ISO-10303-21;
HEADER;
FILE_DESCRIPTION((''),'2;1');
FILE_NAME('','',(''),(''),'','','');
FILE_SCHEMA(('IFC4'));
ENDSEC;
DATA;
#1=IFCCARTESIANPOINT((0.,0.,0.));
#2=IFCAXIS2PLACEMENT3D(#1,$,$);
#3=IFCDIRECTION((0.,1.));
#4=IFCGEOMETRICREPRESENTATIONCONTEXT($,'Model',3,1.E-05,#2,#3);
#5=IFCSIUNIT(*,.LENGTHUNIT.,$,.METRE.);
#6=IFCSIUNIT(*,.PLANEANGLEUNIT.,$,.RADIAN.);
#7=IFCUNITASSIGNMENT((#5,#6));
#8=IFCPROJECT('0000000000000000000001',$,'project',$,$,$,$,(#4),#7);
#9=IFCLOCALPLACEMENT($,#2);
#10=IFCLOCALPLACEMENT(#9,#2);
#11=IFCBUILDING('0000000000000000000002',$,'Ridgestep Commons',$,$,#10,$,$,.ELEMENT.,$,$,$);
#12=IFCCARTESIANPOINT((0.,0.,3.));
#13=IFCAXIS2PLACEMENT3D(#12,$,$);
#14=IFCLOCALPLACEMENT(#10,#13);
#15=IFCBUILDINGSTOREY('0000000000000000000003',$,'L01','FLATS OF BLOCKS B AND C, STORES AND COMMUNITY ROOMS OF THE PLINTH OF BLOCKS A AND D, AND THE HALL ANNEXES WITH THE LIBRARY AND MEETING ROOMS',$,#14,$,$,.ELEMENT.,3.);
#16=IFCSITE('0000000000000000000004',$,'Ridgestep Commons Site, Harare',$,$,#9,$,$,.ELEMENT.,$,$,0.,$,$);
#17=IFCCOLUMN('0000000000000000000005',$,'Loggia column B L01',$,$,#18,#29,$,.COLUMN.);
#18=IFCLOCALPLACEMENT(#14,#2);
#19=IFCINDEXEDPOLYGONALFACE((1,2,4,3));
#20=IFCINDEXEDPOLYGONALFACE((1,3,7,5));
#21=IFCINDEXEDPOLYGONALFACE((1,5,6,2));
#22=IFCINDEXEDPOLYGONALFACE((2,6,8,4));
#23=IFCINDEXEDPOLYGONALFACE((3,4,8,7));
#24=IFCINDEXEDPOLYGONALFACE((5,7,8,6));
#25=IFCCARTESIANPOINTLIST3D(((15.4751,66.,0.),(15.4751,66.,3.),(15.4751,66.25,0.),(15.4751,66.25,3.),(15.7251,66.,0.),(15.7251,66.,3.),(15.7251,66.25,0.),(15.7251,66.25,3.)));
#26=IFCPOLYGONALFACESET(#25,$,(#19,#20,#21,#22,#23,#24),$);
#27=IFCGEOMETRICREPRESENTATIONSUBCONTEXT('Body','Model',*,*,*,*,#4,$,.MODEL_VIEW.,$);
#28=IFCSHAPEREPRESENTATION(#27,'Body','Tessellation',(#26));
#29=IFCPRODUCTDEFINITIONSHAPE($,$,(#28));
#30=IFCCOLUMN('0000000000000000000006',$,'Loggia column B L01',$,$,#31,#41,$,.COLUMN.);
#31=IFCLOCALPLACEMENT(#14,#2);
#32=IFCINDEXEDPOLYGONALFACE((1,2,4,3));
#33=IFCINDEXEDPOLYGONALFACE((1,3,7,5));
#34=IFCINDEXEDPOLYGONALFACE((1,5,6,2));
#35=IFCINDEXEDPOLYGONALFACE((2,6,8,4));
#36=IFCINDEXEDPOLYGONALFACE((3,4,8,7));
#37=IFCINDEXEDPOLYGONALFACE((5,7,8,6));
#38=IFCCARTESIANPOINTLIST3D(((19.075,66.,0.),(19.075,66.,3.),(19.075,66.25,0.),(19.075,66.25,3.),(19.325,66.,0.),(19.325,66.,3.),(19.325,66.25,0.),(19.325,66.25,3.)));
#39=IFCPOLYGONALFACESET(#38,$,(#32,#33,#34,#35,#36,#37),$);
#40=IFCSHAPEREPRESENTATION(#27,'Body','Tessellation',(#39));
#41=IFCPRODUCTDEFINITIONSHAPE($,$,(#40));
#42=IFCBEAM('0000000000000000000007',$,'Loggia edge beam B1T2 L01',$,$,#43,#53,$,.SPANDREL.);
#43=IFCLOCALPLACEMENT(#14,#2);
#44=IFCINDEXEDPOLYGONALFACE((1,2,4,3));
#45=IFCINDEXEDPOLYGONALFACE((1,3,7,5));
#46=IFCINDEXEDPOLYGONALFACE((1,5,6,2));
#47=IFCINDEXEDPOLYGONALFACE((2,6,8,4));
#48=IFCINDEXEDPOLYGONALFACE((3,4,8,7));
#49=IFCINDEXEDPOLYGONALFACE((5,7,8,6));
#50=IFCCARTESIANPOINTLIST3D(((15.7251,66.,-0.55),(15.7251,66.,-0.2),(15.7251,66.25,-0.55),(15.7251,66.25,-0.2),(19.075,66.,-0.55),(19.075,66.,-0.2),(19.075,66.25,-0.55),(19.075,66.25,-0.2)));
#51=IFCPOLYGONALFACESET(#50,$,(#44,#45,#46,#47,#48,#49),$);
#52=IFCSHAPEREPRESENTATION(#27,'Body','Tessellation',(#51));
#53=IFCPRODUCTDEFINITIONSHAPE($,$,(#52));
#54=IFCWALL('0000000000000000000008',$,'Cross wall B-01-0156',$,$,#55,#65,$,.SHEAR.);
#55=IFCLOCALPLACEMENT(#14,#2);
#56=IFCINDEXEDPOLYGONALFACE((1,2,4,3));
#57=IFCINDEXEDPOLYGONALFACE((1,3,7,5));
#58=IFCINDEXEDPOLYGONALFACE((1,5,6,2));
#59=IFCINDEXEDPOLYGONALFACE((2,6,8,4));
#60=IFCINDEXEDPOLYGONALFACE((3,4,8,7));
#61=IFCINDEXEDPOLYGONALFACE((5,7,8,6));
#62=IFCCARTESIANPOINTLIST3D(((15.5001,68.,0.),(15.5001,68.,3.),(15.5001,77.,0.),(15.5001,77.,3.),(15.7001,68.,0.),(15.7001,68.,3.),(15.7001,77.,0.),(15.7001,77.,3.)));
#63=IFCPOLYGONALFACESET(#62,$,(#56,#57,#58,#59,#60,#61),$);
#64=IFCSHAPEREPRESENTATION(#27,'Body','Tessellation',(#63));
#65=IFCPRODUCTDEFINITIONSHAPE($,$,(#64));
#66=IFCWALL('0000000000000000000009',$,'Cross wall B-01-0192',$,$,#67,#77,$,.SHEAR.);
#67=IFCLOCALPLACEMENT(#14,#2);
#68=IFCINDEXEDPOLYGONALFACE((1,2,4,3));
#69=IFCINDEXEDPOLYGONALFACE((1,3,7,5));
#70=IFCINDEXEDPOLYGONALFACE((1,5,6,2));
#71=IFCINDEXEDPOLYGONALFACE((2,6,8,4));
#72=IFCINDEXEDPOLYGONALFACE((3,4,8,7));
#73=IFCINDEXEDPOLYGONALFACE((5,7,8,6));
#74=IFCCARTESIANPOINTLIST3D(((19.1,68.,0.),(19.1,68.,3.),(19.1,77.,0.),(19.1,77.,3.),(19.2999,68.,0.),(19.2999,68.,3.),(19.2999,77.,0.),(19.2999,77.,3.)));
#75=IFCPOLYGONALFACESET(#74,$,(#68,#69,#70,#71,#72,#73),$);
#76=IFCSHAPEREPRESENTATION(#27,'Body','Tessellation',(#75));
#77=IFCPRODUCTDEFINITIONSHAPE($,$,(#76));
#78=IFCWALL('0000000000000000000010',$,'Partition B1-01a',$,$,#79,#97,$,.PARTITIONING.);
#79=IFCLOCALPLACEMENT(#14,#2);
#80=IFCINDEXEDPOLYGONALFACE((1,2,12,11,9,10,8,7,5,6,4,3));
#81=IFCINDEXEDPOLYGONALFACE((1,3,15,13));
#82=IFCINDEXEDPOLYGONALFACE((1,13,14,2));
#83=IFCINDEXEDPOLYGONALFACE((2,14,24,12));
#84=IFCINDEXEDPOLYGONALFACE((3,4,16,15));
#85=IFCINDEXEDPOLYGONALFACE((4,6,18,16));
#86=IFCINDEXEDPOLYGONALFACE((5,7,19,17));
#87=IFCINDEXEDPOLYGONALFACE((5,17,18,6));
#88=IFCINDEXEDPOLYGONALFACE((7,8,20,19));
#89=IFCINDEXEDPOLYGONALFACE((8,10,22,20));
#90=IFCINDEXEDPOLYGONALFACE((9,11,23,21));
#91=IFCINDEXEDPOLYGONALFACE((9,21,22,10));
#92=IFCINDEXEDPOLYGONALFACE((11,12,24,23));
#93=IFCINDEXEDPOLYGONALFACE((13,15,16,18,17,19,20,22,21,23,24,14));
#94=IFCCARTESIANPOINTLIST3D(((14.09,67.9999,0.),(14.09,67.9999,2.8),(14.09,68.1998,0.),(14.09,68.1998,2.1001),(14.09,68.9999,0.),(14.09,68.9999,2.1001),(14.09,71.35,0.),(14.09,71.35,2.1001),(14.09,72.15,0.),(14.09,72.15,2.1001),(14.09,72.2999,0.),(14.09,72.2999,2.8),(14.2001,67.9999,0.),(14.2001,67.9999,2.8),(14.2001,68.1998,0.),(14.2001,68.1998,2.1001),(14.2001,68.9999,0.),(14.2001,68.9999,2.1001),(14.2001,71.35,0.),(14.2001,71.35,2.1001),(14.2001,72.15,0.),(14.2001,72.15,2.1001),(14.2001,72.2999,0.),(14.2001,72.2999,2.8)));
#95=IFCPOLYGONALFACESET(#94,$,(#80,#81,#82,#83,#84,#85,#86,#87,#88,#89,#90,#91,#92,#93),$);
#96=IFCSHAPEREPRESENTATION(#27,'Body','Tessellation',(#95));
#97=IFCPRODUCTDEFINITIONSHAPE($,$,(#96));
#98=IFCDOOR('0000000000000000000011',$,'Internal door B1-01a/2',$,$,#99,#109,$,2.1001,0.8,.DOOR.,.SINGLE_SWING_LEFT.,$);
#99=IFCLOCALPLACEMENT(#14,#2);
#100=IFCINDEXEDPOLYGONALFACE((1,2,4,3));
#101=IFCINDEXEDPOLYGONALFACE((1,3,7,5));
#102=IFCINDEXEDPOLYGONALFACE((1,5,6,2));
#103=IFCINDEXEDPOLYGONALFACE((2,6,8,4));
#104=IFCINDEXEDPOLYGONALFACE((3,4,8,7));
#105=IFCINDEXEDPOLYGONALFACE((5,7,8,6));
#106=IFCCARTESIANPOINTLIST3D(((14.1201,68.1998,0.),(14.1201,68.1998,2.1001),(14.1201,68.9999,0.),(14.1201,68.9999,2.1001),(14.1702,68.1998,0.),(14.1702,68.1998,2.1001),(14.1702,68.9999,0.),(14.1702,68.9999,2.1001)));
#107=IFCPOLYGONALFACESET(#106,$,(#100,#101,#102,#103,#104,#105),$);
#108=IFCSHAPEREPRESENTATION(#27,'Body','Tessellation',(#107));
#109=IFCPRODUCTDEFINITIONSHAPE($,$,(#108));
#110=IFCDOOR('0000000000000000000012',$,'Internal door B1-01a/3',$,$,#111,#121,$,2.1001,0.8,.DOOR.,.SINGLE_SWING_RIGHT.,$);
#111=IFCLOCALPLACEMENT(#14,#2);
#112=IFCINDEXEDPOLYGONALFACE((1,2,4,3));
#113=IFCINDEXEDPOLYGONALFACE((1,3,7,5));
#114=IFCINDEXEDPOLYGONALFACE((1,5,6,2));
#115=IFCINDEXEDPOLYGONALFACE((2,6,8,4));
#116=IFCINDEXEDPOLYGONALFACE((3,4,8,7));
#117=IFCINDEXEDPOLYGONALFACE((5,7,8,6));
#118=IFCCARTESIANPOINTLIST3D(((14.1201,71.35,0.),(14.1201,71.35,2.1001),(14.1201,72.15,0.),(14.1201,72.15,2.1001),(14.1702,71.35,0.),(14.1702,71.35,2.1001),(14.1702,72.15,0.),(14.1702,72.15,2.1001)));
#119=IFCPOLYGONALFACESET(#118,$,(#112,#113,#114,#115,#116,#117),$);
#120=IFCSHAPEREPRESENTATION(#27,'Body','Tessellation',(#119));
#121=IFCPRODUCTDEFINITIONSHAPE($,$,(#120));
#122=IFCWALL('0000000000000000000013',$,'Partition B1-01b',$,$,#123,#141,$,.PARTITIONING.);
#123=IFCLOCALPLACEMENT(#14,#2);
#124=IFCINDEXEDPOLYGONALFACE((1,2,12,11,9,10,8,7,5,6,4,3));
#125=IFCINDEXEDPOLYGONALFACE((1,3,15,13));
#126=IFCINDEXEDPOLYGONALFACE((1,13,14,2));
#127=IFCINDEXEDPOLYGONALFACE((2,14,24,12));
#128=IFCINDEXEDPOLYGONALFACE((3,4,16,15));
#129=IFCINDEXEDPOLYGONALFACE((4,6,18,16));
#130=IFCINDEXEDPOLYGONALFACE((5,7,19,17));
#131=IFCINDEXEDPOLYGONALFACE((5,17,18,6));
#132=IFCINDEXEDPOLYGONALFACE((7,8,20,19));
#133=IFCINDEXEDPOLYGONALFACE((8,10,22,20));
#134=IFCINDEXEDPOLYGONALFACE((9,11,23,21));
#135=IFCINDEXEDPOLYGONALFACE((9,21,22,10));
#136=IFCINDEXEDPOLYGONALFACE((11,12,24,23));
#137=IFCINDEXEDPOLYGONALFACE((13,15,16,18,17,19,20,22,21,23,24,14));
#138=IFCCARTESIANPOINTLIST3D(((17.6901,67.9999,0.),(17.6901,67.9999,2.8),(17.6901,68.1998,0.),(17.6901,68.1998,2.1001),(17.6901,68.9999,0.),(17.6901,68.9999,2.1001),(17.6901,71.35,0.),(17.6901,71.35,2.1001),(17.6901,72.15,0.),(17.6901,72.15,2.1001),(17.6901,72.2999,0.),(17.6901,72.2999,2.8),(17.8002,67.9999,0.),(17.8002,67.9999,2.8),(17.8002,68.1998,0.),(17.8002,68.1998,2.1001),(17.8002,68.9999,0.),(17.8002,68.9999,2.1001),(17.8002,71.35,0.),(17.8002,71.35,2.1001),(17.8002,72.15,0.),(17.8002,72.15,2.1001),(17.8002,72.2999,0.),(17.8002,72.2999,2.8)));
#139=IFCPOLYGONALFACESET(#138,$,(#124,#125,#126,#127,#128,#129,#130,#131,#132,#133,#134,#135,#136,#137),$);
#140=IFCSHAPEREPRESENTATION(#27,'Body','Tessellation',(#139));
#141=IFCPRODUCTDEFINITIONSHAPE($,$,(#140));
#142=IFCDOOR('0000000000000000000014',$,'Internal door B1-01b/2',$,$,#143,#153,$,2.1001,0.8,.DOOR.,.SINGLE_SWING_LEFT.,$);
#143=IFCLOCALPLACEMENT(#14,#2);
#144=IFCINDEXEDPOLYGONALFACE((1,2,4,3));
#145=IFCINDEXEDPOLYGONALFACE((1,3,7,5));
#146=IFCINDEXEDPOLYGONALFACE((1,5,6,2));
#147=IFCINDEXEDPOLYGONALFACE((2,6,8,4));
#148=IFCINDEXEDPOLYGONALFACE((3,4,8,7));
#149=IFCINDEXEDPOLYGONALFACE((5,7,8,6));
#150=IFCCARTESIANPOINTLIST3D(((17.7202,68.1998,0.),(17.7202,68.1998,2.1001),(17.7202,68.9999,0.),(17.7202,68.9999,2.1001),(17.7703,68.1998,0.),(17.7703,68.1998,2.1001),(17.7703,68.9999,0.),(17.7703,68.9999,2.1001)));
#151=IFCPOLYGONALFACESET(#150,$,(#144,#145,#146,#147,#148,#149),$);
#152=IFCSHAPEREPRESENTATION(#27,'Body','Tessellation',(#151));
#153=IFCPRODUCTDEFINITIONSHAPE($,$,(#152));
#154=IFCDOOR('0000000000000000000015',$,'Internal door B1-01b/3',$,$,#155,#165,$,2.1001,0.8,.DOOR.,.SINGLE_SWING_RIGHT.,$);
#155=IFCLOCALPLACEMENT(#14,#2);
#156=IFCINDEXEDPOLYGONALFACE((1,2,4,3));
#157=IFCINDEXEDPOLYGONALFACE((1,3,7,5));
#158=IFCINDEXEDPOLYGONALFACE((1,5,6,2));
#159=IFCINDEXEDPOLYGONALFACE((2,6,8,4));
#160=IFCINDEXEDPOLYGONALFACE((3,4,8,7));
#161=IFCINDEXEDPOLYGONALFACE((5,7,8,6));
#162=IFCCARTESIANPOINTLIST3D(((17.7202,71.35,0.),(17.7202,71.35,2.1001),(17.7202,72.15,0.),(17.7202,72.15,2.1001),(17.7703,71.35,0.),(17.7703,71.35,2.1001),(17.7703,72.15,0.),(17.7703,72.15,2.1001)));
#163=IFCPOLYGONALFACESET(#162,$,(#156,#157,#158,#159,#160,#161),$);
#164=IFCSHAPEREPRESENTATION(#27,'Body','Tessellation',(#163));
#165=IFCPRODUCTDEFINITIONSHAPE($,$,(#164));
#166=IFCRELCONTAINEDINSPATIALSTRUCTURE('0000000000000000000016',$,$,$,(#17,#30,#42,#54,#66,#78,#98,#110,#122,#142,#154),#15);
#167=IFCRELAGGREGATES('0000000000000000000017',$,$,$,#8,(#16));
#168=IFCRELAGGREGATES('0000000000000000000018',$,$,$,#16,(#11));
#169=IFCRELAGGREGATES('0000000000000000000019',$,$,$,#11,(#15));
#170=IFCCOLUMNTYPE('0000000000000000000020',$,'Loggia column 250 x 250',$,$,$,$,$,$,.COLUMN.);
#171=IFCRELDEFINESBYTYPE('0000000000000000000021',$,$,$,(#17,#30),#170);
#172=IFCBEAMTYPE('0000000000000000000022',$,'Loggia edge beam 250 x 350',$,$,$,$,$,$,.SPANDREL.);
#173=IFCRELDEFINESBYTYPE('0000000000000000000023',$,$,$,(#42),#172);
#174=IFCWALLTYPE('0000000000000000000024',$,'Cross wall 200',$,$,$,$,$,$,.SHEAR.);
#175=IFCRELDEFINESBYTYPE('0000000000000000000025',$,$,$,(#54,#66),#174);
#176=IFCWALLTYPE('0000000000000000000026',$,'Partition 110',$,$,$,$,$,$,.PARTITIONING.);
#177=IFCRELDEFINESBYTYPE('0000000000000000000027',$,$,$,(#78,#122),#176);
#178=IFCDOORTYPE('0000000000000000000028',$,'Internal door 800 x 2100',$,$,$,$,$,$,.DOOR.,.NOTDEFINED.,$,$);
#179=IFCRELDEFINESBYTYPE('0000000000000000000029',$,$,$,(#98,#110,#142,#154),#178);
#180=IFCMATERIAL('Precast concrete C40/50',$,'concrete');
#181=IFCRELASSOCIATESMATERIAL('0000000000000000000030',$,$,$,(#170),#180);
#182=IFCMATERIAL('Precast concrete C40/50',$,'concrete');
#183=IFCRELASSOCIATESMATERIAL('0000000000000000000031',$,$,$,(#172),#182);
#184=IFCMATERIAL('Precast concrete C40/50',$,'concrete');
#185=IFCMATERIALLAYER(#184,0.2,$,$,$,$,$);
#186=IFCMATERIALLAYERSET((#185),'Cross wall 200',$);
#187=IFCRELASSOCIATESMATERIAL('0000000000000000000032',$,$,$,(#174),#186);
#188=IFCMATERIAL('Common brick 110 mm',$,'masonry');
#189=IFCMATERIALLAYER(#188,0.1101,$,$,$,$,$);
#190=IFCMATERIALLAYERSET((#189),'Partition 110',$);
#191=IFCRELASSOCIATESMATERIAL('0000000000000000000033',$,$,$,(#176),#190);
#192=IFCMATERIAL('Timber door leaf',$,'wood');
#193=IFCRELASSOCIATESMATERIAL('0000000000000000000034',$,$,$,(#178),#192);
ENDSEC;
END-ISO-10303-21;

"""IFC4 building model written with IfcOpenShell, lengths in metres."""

from ifc_helpers import new_model, si_unit, direction, frame, frame_2d, origin, origin_2d, place, context, subcontext, project, spatial, rectangle, extrude, material, layer, layer_set, material_profile, profile_set, type_object, element, fill, save


model = new_model("IFC4")

# Units and contexts
model_context = context("Model", 3, precision=1e-05, world=origin(), true_north=direction((0.0, 1.0)))
body_context = subcontext(model_context, "Body", "Model", "MODEL_VIEW")
ifc_project = project(units=[si_unit("LENGTHUNIT", "METRE"), si_unit("PLANEANGLEUNIT", "RADIAN")], contexts=[model_context])

# Site, building, storey
site_placement = place(None, origin())
site = spatial("IfcSite", under=ifc_project, at=site_placement, Name="Ridgestep Commons Site, Harare", CompositionType="ELEMENT", RefElevation=0.0)
building_placement = place(site_placement, origin())
building = spatial("IfcBuilding", under=site, at=building_placement, Name="Ridgestep Commons", CompositionType="ELEMENT")
storey_placement = place(building_placement, frame((0.0, 0.0, 3.0)))
storey = spatial("IfcBuildingStorey", under=building, at=storey_placement, Name="L01", Description="FLATS OF BLOCKS B AND C, STORES AND COMMUNITY ROOMS OF THE PLINTH OF BLOCKS A AND D, AND THE HALL ANNEXES WITH THE LIBRARY AND MEETING ROOMS", CompositionType="ELEMENT", Elevation=3.0)

# Columns
ifc_material_1 = material(Name="Precast concrete C40/50", Category="concrete")
ifc_material_profile_1 = material_profile(ifc_material_1, rectangle(XDim=0.25, YDim=0.25, at=origin_2d()), Name="PC 250x250")
ifc_profile_set_1 = profile_set([ifc_material_profile_1], Name="Precast concrete C40/50")
column_type = type_object("IfcColumnType", Name="Loggia column 250 x 250", PredefinedType="COLUMN", material=ifc_profile_set_1)
for number, where, z_axis, x_axis, name in (
    (1, (15.6001, 66.125, 0.0), (0.0, 0.0, 1.0), (1.0, 0.0, 0.0), "Loggia column B L01"),
    (2, (19.2, 66.125, 0.0), (0.0, 0.0, 1.0), (1.0, 0.0, 0.0), "Loggia column B L01"),
):
    element("IfcColumn", number, at=place(storey_placement, frame(where, z_axis=z_axis, x_axis=x_axis)), inside=storey, type_object=column_type, Name=name, PredefinedType="COLUMN", context=body_context, shape_type="SweptSolid", body=[
        extrude(rectangle(XDim=0.25, YDim=0.25, at=origin_2d()), origin(), (0.0, 0.0, 1.0), 3.0),
    ])

# Beam
ifc_material_2 = material(Name="Precast concrete C40/50", Category="concrete")
ifc_material_profile_2 = material_profile(ifc_material_2, rectangle(XDim=0.25, YDim=0.3501, at=origin_2d()), Name="PC 250x350")
ifc_profile_set_2 = profile_set([ifc_material_profile_2], Name="Precast concrete C40/50")
beam_type = type_object("IfcBeamType", Name="Loggia edge beam 250 x 350", PredefinedType="SPANDREL", material=ifc_profile_set_2)
beam_placement = place(storey_placement, frame((15.7251, 66.125, -0.375), z_axis=(1.0, 0.0, 0.0), x_axis=(0.0, 1.0, 0.0)))
element("IfcBeam", 3, at=beam_placement, inside=storey, type_object=beam_type, Name="Loggia edge beam B1T2 L01", PredefinedType="SPANDREL", context=body_context, shape_type="SweptSolid", body=[
    extrude(rectangle(XDim=0.25, YDim=0.3501, at=origin_2d()), origin(), (0.0, 0.0, 1.0), 3.3499),
])

# Walls
ifc_material_3 = material(Name="Precast concrete C40/50", Category="concrete")
ifc_layer_1 = layer(ifc_material_3, 0.2)
ifc_layer_set_1 = layer_set([ifc_layer_1], Name="Cross wall 200")
wall_type_1 = type_object("IfcWallType", Name="Cross wall 200", PredefinedType="SHEAR", material=ifc_layer_set_1)
for number, where, z_axis, x_axis, name in (
    (4, (15.6001, 68.0, 0.0), (0.0, 0.0, 1.0), (0.0, 1.0, 0.0), "Cross wall B-01-0156"),
    (5, (19.2, 68.0, 0.0), (0.0, 0.0, 1.0), (0.0, 1.0, 0.0), "Cross wall B-01-0192"),
):
    element("IfcWall", number, at=place(storey_placement, frame(where, z_axis=z_axis, x_axis=x_axis)), inside=storey, type_object=wall_type_1, Name=name, PredefinedType="SHEAR", context=body_context, shape_type="SweptSolid", body=[
        extrude(rectangle(XDim=9.0, YDim=0.2, at=frame_2d((4.5, 0.0))), origin(), (0.0, 0.0, 1.0), 3.0),
    ])

# Walls, openings, doors
ifc_material_4 = material(Name="Common brick 110 mm", Category="masonry")
ifc_layer_2 = layer(ifc_material_4, 0.1101)
ifc_layer_set_2 = layer_set([ifc_layer_2], Name="Partition 110")
wall_type_2 = type_object("IfcWallType", Name="Partition 110", PredefinedType="PARTITIONING", material=ifc_layer_set_2)
wall_1_placement = place(storey_placement, frame((14.145, 68.0, 0.0), z_axis=(0.0, 0.0, 1.0), x_axis=(0.0, 1.0, 0.0)))
wall_1 = element("IfcWall", 6, at=wall_1_placement, inside=storey, type_object=wall_type_2, Name="Partition B1-01a", PredefinedType="PARTITIONING", context=body_context, shape_type="SweptSolid", body=[
    extrude(rectangle(XDim=4.3, YDim=0.1101, at=frame_2d((2.1499, 0.0))), origin(), (0.0, 0.0, 1.0), 2.8),
])
opening_1_placement = place(wall_1_placement, frame((0.2, 0.0, 0.0)))
opening_1 = element("IfcOpeningElement", 7, at=opening_1_placement, cuts=wall_1, PredefinedType="OPENING", context=body_context, shape_type="SweptSolid", body=[
    extrude(rectangle(XDim=0.8, YDim=2.1001, at=frame_2d((0.3999, 1.05))), frame((0.0, 0.0649, 0.0), z_axis=(0.0, -1.0, 0.0), x_axis=(1.0, 0.0, 0.0)), (0.0, 0.0, 1.0), 0.1301),
])
opening_2_placement = place(wall_1_placement, frame((3.3501, 0.0, 0.0)))
opening_2 = element("IfcOpeningElement", 8, at=opening_2_placement, cuts=wall_1, PredefinedType="OPENING", context=body_context, shape_type="SweptSolid", body=[
    extrude(rectangle(XDim=0.8, YDim=2.1001, at=frame_2d((0.3999, 1.05))), frame((0.0, 0.0649, 0.0), z_axis=(0.0, -1.0, 0.0), x_axis=(1.0, 0.0, 0.0)), (0.0, 0.0, 1.0), 0.1301),
])
ifc_material_5 = material(Name="Timber door leaf", Category="wood")
door_type_1 = type_object("IfcDoorType", Name="Internal door 800 x 2100", OperationType="NOTDEFINED", PredefinedType="DOOR", material=ifc_material_5)
door_1_placement = place(opening_1_placement, origin())
door_1 = element("IfcDoor", 9, at=door_1_placement, inside=storey, type_object=door_type_1, Name="Internal door B1-01a/2", OperationType="SINGLE_SWING_LEFT", OverallHeight=2.1001, OverallWidth=0.8, PredefinedType="DOOR", context=body_context, shape_type="SweptSolid", body=[
    extrude(rectangle(XDim=0.8, YDim=2.1001, at=frame_2d((0.3999, 1.05))), frame((0.0, 0.0249, 0.0), z_axis=(0.0, -1.0, 0.0), x_axis=(1.0, 0.0, 0.0)), (0.0, 0.0, 1.0), 0.05),
])
fill(opening_1, door_1)
door_2_placement = place(opening_2_placement, origin())
door_2 = element("IfcDoor", 10, at=door_2_placement, inside=storey, type_object=door_type_1, Name="Internal door B1-01a/3", OperationType="SINGLE_SWING_RIGHT", OverallHeight=2.1001, OverallWidth=0.8, PredefinedType="DOOR", context=body_context, shape_type="SweptSolid", body=[
    extrude(rectangle(XDim=0.8, YDim=2.1001, at=frame_2d((0.3999, 1.05))), frame((0.0, 0.0249, 0.0), z_axis=(0.0, -1.0, 0.0), x_axis=(1.0, 0.0, 0.0)), (0.0, 0.0, 1.0), 0.05),
])
fill(opening_2, door_2)
wall_2_placement = place(storey_placement, frame((17.7451, 68.0, 0.0), z_axis=(0.0, 0.0, 1.0), x_axis=(0.0, 1.0, 0.0)))
wall_2 = element("IfcWall", 11, at=wall_2_placement, inside=storey, type_object=wall_type_2, Name="Partition B1-01b", PredefinedType="PARTITIONING", context=body_context, shape_type="SweptSolid", body=[
    extrude(rectangle(XDim=4.3, YDim=0.1101, at=frame_2d((2.1499, 0.0))), origin(), (0.0, 0.0, 1.0), 2.8),
])
opening_3_placement = place(wall_2_placement, frame((0.2, 0.0, 0.0)))
opening_3 = element("IfcOpeningElement", 12, at=opening_3_placement, cuts=wall_2, PredefinedType="OPENING", context=body_context, shape_type="SweptSolid", body=[
    extrude(rectangle(XDim=0.8, YDim=2.1001, at=frame_2d((0.3999, 1.05))), frame((0.0, 0.0649, 0.0), z_axis=(0.0, -1.0, 0.0), x_axis=(1.0, 0.0, 0.0)), (0.0, 0.0, 1.0), 0.1301),
])
opening_4_placement = place(wall_2_placement, frame((3.3501, 0.0, 0.0)))
opening_4 = element("IfcOpeningElement", 13, at=opening_4_placement, cuts=wall_2, PredefinedType="OPENING", context=body_context, shape_type="SweptSolid", body=[
    extrude(rectangle(XDim=0.8, YDim=2.1001, at=frame_2d((0.3999, 1.05))), frame((0.0, 0.0649, 0.0), z_axis=(0.0, -1.0, 0.0), x_axis=(1.0, 0.0, 0.0)), (0.0, 0.0, 1.0), 0.1301),
])
door_3_placement = place(opening_3_placement, origin())
door_3 = element("IfcDoor", 14, at=door_3_placement, inside=storey, type_object=door_type_1, Name="Internal door B1-01b/2", OperationType="SINGLE_SWING_LEFT", OverallHeight=2.1001, OverallWidth=0.8, PredefinedType="DOOR", context=body_context, shape_type="SweptSolid", body=[
    extrude(rectangle(XDim=0.8, YDim=2.1001, at=frame_2d((0.3999, 1.05))), frame((0.0, 0.0249, 0.0), z_axis=(0.0, -1.0, 0.0), x_axis=(1.0, 0.0, 0.0)), (0.0, 0.0, 1.0), 0.05),
])
fill(opening_3, door_3)
door_4_placement = place(opening_4_placement, origin())
door_4 = element("IfcDoor", 15, at=door_4_placement, inside=storey, type_object=door_type_1, Name="Internal door B1-01b/3", OperationType="SINGLE_SWING_RIGHT", OverallHeight=2.1001, OverallWidth=0.8, PredefinedType="DOOR", context=body_context, shape_type="SweptSolid", body=[
    extrude(rectangle(XDim=0.8, YDim=2.1001, at=frame_2d((0.3999, 1.05))), frame((0.0, 0.0249, 0.0), z_axis=(0.0, -1.0, 0.0), x_axis=(1.0, 0.0, 0.0)), (0.0, 0.0, 1.0), 0.05),
])
fill(opening_4, door_4)

save(model, "model.ifc")
